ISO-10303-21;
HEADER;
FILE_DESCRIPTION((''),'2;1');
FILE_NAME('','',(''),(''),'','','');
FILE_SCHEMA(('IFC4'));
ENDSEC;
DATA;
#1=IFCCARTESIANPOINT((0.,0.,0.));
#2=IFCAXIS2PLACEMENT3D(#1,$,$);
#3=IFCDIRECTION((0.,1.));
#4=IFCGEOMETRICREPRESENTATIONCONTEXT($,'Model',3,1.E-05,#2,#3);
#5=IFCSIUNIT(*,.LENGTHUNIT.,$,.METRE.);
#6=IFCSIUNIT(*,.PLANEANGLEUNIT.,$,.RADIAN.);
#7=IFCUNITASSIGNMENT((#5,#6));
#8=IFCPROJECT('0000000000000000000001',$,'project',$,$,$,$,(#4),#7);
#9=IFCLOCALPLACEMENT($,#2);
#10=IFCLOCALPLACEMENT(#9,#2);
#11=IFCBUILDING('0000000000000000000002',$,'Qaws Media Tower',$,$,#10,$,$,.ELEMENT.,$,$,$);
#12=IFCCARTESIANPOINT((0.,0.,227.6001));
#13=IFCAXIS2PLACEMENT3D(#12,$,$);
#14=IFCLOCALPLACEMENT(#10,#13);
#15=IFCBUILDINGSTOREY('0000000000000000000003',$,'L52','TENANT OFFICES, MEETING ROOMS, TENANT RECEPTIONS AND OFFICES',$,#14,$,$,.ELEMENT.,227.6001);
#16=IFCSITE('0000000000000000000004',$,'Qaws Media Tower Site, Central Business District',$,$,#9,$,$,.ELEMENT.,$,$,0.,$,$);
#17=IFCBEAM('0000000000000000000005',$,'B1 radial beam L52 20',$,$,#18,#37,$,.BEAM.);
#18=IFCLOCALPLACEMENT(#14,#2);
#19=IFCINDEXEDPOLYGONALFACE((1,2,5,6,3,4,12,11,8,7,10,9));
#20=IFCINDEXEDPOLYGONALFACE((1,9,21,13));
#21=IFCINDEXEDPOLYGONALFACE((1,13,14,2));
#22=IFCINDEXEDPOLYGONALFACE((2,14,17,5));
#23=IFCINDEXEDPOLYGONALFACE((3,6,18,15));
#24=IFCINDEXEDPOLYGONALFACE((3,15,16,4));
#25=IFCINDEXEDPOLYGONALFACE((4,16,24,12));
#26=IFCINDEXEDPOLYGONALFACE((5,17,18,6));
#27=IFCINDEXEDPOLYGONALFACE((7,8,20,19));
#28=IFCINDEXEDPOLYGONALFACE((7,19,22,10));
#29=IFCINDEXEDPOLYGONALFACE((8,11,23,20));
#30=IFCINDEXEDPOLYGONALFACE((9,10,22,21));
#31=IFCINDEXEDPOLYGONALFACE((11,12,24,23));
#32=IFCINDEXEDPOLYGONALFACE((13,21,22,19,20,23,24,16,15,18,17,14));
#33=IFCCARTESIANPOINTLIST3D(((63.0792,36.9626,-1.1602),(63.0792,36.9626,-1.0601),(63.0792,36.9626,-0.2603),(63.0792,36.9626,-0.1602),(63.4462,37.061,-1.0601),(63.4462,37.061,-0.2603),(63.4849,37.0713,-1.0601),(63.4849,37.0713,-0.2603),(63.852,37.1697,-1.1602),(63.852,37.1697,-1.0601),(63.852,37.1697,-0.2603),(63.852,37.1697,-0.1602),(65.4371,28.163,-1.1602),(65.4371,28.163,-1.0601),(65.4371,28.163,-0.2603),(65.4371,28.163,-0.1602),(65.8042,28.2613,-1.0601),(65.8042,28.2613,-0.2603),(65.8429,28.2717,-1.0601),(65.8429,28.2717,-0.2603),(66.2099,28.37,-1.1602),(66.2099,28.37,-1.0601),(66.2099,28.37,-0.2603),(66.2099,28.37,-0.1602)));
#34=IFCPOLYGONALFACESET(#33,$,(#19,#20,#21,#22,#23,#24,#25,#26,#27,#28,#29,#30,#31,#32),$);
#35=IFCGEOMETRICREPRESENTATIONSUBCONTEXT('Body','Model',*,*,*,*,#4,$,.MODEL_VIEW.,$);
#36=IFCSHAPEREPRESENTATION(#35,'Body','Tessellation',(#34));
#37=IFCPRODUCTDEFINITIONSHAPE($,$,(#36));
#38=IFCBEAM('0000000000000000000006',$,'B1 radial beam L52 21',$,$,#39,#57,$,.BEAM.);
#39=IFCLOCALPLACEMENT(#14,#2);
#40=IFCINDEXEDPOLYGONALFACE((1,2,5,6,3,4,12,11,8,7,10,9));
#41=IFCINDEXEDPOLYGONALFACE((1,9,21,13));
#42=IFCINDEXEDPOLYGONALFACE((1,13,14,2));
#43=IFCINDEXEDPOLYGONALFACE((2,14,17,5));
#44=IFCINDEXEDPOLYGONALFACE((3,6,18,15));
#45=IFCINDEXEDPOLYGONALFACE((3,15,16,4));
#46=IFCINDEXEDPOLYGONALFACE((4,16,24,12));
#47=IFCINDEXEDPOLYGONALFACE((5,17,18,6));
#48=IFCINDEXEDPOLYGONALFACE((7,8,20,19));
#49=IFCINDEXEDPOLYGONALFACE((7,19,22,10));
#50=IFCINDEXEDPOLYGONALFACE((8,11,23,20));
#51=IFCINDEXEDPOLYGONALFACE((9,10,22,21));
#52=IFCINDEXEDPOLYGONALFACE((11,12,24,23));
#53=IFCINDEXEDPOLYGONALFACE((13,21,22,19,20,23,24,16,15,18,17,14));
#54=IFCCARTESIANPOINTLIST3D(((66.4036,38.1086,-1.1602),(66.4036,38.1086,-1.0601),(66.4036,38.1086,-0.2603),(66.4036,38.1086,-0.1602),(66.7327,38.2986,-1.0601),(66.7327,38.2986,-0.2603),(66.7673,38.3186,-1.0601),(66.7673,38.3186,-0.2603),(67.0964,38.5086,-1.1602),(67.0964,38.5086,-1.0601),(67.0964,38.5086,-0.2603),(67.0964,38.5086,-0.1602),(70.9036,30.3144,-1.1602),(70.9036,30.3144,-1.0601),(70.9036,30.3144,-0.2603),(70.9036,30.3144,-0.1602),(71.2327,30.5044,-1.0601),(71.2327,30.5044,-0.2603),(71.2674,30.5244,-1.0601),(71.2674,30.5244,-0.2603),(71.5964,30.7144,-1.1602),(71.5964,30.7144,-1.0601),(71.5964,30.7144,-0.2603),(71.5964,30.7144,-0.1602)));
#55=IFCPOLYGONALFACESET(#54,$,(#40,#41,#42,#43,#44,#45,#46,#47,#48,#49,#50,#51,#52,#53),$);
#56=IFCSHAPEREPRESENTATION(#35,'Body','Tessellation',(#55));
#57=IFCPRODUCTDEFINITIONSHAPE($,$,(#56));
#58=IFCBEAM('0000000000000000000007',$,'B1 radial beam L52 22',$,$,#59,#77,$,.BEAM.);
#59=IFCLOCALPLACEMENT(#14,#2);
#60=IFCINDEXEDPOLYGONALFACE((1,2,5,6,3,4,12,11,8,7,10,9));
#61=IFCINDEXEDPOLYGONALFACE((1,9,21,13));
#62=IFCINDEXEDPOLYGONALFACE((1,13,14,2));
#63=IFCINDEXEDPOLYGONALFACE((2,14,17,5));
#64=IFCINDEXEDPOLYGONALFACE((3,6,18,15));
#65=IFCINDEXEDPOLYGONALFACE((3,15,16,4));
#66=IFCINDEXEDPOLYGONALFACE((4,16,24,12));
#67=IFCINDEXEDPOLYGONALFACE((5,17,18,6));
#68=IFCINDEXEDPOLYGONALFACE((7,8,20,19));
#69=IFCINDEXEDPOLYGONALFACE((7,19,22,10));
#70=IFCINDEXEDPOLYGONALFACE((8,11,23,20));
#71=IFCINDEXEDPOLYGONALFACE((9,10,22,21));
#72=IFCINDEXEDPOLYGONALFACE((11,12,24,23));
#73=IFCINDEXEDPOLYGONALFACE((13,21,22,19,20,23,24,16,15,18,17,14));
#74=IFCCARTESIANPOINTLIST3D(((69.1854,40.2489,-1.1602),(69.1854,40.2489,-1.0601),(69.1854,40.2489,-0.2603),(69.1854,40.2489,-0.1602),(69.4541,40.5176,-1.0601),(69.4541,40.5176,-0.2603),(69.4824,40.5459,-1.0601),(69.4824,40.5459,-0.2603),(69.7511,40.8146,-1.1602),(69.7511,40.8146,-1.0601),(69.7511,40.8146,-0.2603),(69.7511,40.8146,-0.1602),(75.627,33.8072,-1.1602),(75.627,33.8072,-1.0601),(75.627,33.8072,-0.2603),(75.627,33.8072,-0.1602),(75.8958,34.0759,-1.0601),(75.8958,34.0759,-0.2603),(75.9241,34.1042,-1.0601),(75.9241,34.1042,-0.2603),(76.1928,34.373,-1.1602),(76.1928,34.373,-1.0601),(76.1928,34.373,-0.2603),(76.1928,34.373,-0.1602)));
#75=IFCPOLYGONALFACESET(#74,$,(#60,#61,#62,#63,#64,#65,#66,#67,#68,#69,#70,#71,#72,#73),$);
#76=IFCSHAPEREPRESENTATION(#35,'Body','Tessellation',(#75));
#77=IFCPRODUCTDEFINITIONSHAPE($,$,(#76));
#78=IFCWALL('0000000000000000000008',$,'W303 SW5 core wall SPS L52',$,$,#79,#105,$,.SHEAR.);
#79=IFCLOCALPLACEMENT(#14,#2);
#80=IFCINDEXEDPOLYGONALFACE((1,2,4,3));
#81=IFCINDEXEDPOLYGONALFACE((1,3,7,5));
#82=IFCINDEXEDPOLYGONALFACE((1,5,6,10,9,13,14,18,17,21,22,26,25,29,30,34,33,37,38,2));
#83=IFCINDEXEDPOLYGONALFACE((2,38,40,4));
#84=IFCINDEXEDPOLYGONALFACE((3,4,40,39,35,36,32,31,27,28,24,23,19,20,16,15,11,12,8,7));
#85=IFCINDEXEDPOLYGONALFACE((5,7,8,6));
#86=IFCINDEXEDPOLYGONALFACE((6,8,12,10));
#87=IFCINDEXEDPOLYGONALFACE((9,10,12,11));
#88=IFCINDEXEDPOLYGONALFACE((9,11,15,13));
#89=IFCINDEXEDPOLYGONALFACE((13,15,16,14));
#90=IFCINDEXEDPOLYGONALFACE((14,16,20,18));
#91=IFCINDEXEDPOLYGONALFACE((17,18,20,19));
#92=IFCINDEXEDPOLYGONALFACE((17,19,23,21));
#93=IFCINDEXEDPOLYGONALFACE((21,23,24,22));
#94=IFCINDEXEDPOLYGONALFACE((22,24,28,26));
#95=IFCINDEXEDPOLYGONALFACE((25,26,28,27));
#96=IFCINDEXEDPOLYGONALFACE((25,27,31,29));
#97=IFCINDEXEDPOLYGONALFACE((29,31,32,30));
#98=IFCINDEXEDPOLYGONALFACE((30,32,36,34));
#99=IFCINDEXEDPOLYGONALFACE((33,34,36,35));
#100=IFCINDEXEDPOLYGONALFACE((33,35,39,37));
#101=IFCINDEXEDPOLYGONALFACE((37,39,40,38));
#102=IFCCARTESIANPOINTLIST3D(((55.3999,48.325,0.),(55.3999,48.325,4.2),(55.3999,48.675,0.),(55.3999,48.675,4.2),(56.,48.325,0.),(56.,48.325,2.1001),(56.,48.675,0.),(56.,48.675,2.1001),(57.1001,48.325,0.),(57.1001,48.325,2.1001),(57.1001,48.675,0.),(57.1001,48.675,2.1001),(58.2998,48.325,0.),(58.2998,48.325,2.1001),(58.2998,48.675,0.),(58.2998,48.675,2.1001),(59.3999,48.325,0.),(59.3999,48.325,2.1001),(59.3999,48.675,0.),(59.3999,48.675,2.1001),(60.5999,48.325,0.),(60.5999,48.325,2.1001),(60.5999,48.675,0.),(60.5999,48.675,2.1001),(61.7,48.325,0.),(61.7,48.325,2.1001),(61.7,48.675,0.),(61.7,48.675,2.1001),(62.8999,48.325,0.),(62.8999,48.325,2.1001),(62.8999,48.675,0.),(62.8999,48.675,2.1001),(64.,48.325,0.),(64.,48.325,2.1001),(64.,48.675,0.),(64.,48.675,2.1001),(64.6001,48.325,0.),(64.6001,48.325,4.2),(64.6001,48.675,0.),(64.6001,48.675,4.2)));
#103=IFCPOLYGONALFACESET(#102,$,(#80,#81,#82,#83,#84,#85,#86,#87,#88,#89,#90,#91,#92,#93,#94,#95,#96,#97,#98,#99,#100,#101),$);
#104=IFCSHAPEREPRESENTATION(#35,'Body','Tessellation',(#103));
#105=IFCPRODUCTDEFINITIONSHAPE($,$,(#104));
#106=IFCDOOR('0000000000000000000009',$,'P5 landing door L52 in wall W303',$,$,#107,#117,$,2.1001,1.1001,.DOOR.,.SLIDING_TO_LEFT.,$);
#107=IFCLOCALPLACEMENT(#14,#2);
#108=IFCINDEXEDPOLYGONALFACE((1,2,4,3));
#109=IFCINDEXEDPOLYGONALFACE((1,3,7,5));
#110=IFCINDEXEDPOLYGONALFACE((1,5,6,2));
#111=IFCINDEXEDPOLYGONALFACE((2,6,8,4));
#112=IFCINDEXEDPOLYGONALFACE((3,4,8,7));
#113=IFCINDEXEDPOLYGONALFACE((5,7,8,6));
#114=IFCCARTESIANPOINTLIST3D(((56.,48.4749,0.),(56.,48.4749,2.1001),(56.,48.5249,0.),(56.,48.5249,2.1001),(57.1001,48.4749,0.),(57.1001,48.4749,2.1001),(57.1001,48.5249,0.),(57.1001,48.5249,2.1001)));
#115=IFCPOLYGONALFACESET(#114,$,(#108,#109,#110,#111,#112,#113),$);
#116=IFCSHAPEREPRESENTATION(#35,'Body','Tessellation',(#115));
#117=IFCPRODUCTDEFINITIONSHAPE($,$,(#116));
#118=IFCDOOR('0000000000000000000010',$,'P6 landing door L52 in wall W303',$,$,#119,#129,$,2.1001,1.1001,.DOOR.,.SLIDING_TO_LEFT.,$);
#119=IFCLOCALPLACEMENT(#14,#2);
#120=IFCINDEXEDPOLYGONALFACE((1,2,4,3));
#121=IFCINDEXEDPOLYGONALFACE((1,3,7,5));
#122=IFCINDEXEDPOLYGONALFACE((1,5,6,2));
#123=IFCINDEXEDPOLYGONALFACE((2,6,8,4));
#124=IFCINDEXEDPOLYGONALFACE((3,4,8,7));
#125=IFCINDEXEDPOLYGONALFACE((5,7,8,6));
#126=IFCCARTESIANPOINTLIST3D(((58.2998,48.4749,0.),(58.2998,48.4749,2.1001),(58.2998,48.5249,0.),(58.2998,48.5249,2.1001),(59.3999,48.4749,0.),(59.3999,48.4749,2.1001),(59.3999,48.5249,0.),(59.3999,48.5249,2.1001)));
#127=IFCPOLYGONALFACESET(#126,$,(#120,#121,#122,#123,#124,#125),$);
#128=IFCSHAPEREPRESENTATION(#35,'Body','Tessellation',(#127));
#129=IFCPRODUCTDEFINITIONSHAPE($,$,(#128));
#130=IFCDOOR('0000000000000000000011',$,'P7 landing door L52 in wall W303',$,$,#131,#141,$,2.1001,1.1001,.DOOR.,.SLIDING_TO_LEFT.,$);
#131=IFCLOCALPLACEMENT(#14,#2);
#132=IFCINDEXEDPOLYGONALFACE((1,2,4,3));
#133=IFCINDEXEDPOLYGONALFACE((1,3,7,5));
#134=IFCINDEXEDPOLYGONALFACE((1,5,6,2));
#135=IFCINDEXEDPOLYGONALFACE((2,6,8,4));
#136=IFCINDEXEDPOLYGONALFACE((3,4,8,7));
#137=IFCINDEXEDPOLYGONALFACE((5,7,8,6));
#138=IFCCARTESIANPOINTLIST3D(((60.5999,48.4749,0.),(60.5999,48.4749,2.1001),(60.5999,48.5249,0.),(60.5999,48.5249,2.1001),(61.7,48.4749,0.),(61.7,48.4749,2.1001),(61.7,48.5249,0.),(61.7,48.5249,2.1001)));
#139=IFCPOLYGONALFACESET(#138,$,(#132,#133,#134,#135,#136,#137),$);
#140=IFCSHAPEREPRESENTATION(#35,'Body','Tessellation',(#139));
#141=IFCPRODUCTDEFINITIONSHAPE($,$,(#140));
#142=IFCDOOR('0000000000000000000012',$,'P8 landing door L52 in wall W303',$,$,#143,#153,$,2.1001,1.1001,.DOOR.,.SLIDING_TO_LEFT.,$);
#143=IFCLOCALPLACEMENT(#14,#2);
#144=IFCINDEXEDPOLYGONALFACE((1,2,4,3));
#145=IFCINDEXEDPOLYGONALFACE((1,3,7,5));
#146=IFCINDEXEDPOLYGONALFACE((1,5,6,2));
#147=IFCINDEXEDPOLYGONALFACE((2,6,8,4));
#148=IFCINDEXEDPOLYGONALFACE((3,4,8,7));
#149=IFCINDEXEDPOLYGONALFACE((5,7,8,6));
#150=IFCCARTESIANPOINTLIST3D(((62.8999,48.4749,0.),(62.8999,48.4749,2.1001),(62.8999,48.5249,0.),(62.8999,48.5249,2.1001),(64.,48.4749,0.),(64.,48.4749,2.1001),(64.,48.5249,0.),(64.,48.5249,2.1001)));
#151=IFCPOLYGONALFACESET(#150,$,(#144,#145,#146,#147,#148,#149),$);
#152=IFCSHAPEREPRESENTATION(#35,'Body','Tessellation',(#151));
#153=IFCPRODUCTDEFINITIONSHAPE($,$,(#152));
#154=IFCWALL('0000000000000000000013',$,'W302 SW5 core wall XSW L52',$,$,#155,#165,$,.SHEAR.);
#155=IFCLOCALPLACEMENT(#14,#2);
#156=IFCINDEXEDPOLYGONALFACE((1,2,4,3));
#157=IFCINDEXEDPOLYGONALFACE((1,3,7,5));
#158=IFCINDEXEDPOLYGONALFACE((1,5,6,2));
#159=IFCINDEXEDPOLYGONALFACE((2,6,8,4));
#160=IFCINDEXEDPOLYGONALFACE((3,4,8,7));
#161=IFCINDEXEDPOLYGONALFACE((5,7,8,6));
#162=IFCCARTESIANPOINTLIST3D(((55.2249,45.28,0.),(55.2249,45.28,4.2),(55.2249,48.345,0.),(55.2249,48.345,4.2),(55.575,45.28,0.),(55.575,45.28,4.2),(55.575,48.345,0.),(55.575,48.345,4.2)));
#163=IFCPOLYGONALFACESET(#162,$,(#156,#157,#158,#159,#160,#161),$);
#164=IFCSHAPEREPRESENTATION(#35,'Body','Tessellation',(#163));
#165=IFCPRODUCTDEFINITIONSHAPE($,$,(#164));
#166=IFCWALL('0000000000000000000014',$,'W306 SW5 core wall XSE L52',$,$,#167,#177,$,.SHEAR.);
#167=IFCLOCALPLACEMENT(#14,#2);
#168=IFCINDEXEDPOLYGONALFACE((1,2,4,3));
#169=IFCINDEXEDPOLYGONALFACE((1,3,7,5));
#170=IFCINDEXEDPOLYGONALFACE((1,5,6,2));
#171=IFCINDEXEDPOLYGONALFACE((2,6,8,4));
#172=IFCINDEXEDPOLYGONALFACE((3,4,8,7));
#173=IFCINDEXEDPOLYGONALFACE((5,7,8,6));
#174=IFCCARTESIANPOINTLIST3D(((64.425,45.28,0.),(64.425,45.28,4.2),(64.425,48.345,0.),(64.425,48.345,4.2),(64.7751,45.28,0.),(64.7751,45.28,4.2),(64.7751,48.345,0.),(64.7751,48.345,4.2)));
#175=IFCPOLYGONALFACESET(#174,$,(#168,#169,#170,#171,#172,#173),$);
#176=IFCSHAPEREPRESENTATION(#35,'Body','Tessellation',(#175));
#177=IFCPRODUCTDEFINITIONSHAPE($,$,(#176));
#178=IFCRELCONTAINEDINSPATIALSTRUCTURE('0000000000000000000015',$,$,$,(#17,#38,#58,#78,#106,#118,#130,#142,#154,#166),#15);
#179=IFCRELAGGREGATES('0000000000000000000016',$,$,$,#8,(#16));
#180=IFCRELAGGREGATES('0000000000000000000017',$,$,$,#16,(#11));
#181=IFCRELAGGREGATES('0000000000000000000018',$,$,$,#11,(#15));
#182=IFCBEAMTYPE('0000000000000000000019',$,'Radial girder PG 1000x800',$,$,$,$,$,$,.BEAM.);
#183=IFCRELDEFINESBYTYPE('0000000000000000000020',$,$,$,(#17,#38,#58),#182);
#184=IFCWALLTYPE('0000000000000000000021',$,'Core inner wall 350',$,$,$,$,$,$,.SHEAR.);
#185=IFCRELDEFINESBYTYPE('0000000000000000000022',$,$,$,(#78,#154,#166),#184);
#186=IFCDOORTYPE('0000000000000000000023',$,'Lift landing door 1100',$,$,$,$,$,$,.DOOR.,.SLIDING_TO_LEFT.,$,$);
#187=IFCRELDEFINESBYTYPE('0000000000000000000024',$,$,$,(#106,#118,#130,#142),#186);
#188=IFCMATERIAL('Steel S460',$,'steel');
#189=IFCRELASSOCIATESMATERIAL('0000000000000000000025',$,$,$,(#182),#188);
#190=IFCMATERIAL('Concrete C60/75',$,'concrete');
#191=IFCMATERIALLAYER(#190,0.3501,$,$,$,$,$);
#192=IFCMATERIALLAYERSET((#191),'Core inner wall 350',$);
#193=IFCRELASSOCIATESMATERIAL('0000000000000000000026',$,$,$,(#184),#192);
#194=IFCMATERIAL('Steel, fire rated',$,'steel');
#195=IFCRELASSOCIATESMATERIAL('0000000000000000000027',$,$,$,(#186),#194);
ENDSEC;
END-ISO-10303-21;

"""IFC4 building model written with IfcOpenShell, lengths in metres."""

from ifc_helpers import new_model, si_unit, direction, frame, frame_2d, origin, origin_2d, place, context, subcontext, project, spatial, rectangle, i_section, extrude, material, layer, layer_set, material_profile, profile_set, type_object, element, fill, save


model = new_model("IFC4")

# Units and contexts
model_context = context("Model", 3, precision=1e-05, world=origin(), true_north=direction((0.0, 1.0)))
body_context = subcontext(model_context, "Body", "Model", "MODEL_VIEW")
ifc_project = project(units=[si_unit("LENGTHUNIT", "METRE"), si_unit("PLANEANGLEUNIT", "RADIAN")], contexts=[model_context])

# Site, building, storey
site_placement = place(None, origin())
site = spatial("IfcSite", under=ifc_project, at=site_placement, Name="Qaws Media Tower Site, Central Business District", CompositionType="ELEMENT", RefElevation=0.0)
building_placement = place(site_placement, origin())
building = spatial("IfcBuilding", under=site, at=building_placement, Name="Qaws Media Tower", CompositionType="ELEMENT")
storey_placement = place(building_placement, frame((0.0, 0.0, 227.6001)))
storey = spatial("IfcBuildingStorey", under=building, at=storey_placement, Name="L52", Description="TENANT OFFICES, MEETING ROOMS, TENANT RECEPTIONS AND OFFICES", CompositionType="ELEMENT", Elevation=227.6001)

# Beams
ifc_material_1 = material(Name="Steel S460", Category="steel")
ifc_material_profile_1 = material_profile(ifc_material_1, i_section(OverallWidth=0.8, OverallDepth=1.0, WebThickness=0.04, FlangeThickness=0.1001, at=origin_2d()), Name="PG 1000x800")
ifc_profile_set_1 = profile_set([ifc_material_profile_1], Name="Steel S460")
beam_type_1 = type_object("IfcBeamType", Name="Radial girder PG 1000x800", PredefinedType="BEAM", material=ifc_profile_set_1)
beam_1_placement = place(storey_placement, frame((63.4656, 37.0662, -0.6602), z_axis=(0.258827, -0.965924, 0.0), x_axis=(0.965924, 0.258827, 0.0)))
element("IfcBeam", 1, at=beam_1_placement, inside=storey, type_object=beam_type_1, Name="B1 radial beam L52 20", PredefinedType="BEAM", context=body_context, shape_type="SweptSolid", body=[
    extrude(i_section(OverallWidth=0.8, OverallDepth=1.0, WebThickness=0.04, FlangeThickness=0.1001, at=origin_2d()), origin(), (0.0, 0.0, 1.0), 9.1101),
])
beam_2_placement = place(storey_placement, frame((66.75, 38.3086, -0.6602), z_axis=(0.500002, -0.866024, 0.0), x_axis=(0.866024, 0.500002, 0.0)))
element("IfcBeam", 2, at=beam_2_placement, inside=storey, type_object=beam_type_1, Name="B1 radial beam L52 21", PredefinedType="BEAM", context=body_context, shape_type="SweptSolid", body=[
    extrude(i_section(OverallWidth=0.8, OverallDepth=1.0, WebThickness=0.04, FlangeThickness=0.1001, at=origin_2d()), origin(), (0.0, 0.0, 1.0), 9.0),
])
beam_3_placement = place(storey_placement, frame((69.4683, 40.5317, -0.6602), z_axis=(0.707107, -0.707107, 0.0), x_axis=(0.707107, 0.707107, 0.0)))
element("IfcBeam", 3, at=beam_3_placement, inside=storey, type_object=beam_type_1, Name="B1 radial beam L52 22", PredefinedType="BEAM", context=body_context, shape_type="SweptSolid", body=[
    extrude(i_section(OverallWidth=0.8, OverallDepth=1.0, WebThickness=0.04, FlangeThickness=0.1001, at=origin_2d()), origin(), (0.0, 0.0, 1.0), 9.1099),
])

# Wall, openings, doors
ifc_material_2 = material(Name="Concrete C60/75", Category="concrete")
ifc_layer_1 = layer(ifc_material_2, 0.3501)
ifc_layer_set_1 = layer_set([ifc_layer_1], Name="Core inner wall 350")
wall_type_1 = type_object("IfcWallType", Name="Core inner wall 350", PredefinedType="SHEAR", material=ifc_layer_set_1)
wall_1_placement = place(storey_placement, frame((55.3999, 48.5, 0.0), z_axis=(0.0, 0.0, 1.0), x_axis=(1.0, 0.0, 0.0)))
wall_1 = element("IfcWall", 4, at=wall_1_placement, inside=storey, type_object=wall_type_1, Name="W303 SW5 core wall SPS L52", PredefinedType="SHEAR", context=body_context, shape_type="SweptSolid", body=[
    extrude(rectangle(XDim=9.2002, YDim=0.3501, at=frame_2d((4.6001, 0.0))), origin(), (0.0, 0.0, 1.0), 4.2),
])
opening_1_placement = place(wall_1_placement, frame((0.6001, 0.0, 0.0)))
opening_1 = element("IfcOpeningElement", 5, at=opening_1_placement, cuts=wall_1, PredefinedType="OPENING", context=body_context, shape_type="SweptSolid", body=[
    extrude(rectangle(XDim=1.1001, YDim=2.1001, at=frame_2d((0.55, 1.05))), frame((0.0, 0.1851, 0.0), z_axis=(0.0, -1.0, 0.0), x_axis=(1.0, 0.0, 0.0)), (0.0, 0.0, 1.0), 0.3701),
])
opening_2_placement = place(wall_1_placement, frame((2.8999, 0.0, 0.0)))
opening_2 = element("IfcOpeningElement", 6, at=opening_2_placement, cuts=wall_1, PredefinedType="OPENING", context=body_context, shape_type="SweptSolid", body=[
    extrude(rectangle(XDim=1.1001, YDim=2.1001, at=frame_2d((0.55, 1.05))), frame((0.0, 0.1851, 0.0), z_axis=(0.0, -1.0, 0.0), x_axis=(1.0, 0.0, 0.0)), (0.0, 0.0, 1.0), 0.3701),
])
opening_3_placement = place(wall_1_placement, frame((5.2, 0.0, 0.0)))
opening_3 = element("IfcOpeningElement", 7, at=opening_3_placement, cuts=wall_1, PredefinedType="OPENING", context=body_context, shape_type="SweptSolid", body=[
    extrude(rectangle(XDim=1.1001, YDim=2.1001, at=frame_2d((0.55, 1.05))), frame((0.0, 0.1851, 0.0), z_axis=(0.0, -1.0, 0.0), x_axis=(1.0, 0.0, 0.0)), (0.0, 0.0, 1.0), 0.3701),
])
opening_4_placement = place(wall_1_placement, frame((7.5, 0.0, 0.0)))
opening_4 = element("IfcOpeningElement", 8, at=opening_4_placement, cuts=wall_1, PredefinedType="OPENING", context=body_context, shape_type="SweptSolid", body=[
    extrude(rectangle(XDim=1.1001, YDim=2.1001, at=frame_2d((0.55, 1.05))), frame((0.0, 0.1851, 0.0), z_axis=(0.0, -1.0, 0.0), x_axis=(1.0, 0.0, 0.0)), (0.0, 0.0, 1.0), 0.3701),
])
ifc_material_3 = material(Name="Steel, fire rated", Category="steel")
door_type = type_object("IfcDoorType", Name="Lift landing door 1100", OperationType="SLIDING_TO_LEFT", PredefinedType="DOOR", material=ifc_material_3)
door_1_placement = place(opening_1_placement, origin())
door_1 = element("IfcDoor", 9, at=door_1_placement, inside=storey, type_object=door_type, Name="P5 landing door L52 in wall W303", OperationType="SLIDING_TO_LEFT", OverallHeight=2.1001, OverallWidth=1.1001, PredefinedType="DOOR", context=body_context, shape_type="SweptSolid", body=[
    extrude(rectangle(XDim=1.1001, YDim=2.1001, at=frame_2d((0.55, 1.05))), frame((0.0, 0.0249, 0.0), z_axis=(0.0, -1.0, 0.0), x_axis=(1.0, 0.0, 0.0)), (0.0, 0.0, 1.0), 0.05),
])
fill(opening_1, door_1)
door_2_placement = place(opening_2_placement, origin())
door_2 = element("IfcDoor", 10, at=door_2_placement, inside=storey, type_object=door_type, Name="P6 landing door L52 in wall W303", OperationType="SLIDING_TO_LEFT", OverallHeight=2.1001, OverallWidth=1.1001, PredefinedType="DOOR", context=body_context, shape_type="SweptSolid", body=[
    extrude(rectangle(XDim=1.1001, YDim=2.1001, at=frame_2d((0.55, 1.05))), frame((0.0, 0.0249, 0.0), z_axis=(0.0, -1.0, 0.0), x_axis=(1.0, 0.0, 0.0)), (0.0, 0.0, 1.0), 0.05),
])
fill(opening_2, door_2)
door_3_placement = place(opening_3_placement, origin())
door_3 = element("IfcDoor", 11, at=door_3_placement, inside=storey, type_object=door_type, Name="P7 landing door L52 in wall W303", OperationType="SLIDING_TO_LEFT", OverallHeight=2.1001, OverallWidth=1.1001, PredefinedType="DOOR", context=body_context, shape_type="SweptSolid", body=[
    extrude(rectangle(XDim=1.1001, YDim=2.1001, at=frame_2d((0.55, 1.05))), frame((0.0, 0.0249, 0.0), z_axis=(0.0, -1.0, 0.0), x_axis=(1.0, 0.0, 0.0)), (0.0, 0.0, 1.0), 0.05),
])
fill(opening_3, door_3)
door_4_placement = place(opening_4_placement, origin())
door_4 = element("IfcDoor", 12, at=door_4_placement, inside=storey, type_object=door_type, Name="P8 landing door L52 in wall W303", OperationType="SLIDING_TO_LEFT", OverallHeight=2.1001, OverallWidth=1.1001, PredefinedType="DOOR", context=body_context, shape_type="SweptSolid", body=[
    extrude(rectangle(XDim=1.1001, YDim=2.1001, at=frame_2d((0.55, 1.05))), frame((0.0, 0.0249, 0.0), z_axis=(0.0, -1.0, 0.0), x_axis=(1.0, 0.0, 0.0)), (0.0, 0.0, 1.0), 0.05),
])
fill(opening_4, door_4)

# Walls
for number, where, z_axis, x_axis, name in (
    (13, (55.3999, 48.345, 0.0), (0.0, 0.0, 1.0), (0.0, -1.0, 0.0), "W302 SW5 core wall XSW L52"),
    (14, (64.6001, 48.345, 0.0), (0.0, 0.0, 1.0), (0.0, -1.0, 0.0), "W306 SW5 core wall XSE L52"),
):
    element("IfcWall", number, at=place(storey_placement, frame(where, z_axis=z_axis, x_axis=x_axis)), inside=storey, type_object=wall_type_1, Name=name, PredefinedType="SHEAR", context=body_context, shape_type="SweptSolid", body=[
        extrude(rectangle(XDim=3.0649, YDim=0.3501, at=frame_2d((1.5325, 0.0))), origin(), (0.0, 0.0, 1.0), 4.2),
    ])

save(model, "model.ifc")
